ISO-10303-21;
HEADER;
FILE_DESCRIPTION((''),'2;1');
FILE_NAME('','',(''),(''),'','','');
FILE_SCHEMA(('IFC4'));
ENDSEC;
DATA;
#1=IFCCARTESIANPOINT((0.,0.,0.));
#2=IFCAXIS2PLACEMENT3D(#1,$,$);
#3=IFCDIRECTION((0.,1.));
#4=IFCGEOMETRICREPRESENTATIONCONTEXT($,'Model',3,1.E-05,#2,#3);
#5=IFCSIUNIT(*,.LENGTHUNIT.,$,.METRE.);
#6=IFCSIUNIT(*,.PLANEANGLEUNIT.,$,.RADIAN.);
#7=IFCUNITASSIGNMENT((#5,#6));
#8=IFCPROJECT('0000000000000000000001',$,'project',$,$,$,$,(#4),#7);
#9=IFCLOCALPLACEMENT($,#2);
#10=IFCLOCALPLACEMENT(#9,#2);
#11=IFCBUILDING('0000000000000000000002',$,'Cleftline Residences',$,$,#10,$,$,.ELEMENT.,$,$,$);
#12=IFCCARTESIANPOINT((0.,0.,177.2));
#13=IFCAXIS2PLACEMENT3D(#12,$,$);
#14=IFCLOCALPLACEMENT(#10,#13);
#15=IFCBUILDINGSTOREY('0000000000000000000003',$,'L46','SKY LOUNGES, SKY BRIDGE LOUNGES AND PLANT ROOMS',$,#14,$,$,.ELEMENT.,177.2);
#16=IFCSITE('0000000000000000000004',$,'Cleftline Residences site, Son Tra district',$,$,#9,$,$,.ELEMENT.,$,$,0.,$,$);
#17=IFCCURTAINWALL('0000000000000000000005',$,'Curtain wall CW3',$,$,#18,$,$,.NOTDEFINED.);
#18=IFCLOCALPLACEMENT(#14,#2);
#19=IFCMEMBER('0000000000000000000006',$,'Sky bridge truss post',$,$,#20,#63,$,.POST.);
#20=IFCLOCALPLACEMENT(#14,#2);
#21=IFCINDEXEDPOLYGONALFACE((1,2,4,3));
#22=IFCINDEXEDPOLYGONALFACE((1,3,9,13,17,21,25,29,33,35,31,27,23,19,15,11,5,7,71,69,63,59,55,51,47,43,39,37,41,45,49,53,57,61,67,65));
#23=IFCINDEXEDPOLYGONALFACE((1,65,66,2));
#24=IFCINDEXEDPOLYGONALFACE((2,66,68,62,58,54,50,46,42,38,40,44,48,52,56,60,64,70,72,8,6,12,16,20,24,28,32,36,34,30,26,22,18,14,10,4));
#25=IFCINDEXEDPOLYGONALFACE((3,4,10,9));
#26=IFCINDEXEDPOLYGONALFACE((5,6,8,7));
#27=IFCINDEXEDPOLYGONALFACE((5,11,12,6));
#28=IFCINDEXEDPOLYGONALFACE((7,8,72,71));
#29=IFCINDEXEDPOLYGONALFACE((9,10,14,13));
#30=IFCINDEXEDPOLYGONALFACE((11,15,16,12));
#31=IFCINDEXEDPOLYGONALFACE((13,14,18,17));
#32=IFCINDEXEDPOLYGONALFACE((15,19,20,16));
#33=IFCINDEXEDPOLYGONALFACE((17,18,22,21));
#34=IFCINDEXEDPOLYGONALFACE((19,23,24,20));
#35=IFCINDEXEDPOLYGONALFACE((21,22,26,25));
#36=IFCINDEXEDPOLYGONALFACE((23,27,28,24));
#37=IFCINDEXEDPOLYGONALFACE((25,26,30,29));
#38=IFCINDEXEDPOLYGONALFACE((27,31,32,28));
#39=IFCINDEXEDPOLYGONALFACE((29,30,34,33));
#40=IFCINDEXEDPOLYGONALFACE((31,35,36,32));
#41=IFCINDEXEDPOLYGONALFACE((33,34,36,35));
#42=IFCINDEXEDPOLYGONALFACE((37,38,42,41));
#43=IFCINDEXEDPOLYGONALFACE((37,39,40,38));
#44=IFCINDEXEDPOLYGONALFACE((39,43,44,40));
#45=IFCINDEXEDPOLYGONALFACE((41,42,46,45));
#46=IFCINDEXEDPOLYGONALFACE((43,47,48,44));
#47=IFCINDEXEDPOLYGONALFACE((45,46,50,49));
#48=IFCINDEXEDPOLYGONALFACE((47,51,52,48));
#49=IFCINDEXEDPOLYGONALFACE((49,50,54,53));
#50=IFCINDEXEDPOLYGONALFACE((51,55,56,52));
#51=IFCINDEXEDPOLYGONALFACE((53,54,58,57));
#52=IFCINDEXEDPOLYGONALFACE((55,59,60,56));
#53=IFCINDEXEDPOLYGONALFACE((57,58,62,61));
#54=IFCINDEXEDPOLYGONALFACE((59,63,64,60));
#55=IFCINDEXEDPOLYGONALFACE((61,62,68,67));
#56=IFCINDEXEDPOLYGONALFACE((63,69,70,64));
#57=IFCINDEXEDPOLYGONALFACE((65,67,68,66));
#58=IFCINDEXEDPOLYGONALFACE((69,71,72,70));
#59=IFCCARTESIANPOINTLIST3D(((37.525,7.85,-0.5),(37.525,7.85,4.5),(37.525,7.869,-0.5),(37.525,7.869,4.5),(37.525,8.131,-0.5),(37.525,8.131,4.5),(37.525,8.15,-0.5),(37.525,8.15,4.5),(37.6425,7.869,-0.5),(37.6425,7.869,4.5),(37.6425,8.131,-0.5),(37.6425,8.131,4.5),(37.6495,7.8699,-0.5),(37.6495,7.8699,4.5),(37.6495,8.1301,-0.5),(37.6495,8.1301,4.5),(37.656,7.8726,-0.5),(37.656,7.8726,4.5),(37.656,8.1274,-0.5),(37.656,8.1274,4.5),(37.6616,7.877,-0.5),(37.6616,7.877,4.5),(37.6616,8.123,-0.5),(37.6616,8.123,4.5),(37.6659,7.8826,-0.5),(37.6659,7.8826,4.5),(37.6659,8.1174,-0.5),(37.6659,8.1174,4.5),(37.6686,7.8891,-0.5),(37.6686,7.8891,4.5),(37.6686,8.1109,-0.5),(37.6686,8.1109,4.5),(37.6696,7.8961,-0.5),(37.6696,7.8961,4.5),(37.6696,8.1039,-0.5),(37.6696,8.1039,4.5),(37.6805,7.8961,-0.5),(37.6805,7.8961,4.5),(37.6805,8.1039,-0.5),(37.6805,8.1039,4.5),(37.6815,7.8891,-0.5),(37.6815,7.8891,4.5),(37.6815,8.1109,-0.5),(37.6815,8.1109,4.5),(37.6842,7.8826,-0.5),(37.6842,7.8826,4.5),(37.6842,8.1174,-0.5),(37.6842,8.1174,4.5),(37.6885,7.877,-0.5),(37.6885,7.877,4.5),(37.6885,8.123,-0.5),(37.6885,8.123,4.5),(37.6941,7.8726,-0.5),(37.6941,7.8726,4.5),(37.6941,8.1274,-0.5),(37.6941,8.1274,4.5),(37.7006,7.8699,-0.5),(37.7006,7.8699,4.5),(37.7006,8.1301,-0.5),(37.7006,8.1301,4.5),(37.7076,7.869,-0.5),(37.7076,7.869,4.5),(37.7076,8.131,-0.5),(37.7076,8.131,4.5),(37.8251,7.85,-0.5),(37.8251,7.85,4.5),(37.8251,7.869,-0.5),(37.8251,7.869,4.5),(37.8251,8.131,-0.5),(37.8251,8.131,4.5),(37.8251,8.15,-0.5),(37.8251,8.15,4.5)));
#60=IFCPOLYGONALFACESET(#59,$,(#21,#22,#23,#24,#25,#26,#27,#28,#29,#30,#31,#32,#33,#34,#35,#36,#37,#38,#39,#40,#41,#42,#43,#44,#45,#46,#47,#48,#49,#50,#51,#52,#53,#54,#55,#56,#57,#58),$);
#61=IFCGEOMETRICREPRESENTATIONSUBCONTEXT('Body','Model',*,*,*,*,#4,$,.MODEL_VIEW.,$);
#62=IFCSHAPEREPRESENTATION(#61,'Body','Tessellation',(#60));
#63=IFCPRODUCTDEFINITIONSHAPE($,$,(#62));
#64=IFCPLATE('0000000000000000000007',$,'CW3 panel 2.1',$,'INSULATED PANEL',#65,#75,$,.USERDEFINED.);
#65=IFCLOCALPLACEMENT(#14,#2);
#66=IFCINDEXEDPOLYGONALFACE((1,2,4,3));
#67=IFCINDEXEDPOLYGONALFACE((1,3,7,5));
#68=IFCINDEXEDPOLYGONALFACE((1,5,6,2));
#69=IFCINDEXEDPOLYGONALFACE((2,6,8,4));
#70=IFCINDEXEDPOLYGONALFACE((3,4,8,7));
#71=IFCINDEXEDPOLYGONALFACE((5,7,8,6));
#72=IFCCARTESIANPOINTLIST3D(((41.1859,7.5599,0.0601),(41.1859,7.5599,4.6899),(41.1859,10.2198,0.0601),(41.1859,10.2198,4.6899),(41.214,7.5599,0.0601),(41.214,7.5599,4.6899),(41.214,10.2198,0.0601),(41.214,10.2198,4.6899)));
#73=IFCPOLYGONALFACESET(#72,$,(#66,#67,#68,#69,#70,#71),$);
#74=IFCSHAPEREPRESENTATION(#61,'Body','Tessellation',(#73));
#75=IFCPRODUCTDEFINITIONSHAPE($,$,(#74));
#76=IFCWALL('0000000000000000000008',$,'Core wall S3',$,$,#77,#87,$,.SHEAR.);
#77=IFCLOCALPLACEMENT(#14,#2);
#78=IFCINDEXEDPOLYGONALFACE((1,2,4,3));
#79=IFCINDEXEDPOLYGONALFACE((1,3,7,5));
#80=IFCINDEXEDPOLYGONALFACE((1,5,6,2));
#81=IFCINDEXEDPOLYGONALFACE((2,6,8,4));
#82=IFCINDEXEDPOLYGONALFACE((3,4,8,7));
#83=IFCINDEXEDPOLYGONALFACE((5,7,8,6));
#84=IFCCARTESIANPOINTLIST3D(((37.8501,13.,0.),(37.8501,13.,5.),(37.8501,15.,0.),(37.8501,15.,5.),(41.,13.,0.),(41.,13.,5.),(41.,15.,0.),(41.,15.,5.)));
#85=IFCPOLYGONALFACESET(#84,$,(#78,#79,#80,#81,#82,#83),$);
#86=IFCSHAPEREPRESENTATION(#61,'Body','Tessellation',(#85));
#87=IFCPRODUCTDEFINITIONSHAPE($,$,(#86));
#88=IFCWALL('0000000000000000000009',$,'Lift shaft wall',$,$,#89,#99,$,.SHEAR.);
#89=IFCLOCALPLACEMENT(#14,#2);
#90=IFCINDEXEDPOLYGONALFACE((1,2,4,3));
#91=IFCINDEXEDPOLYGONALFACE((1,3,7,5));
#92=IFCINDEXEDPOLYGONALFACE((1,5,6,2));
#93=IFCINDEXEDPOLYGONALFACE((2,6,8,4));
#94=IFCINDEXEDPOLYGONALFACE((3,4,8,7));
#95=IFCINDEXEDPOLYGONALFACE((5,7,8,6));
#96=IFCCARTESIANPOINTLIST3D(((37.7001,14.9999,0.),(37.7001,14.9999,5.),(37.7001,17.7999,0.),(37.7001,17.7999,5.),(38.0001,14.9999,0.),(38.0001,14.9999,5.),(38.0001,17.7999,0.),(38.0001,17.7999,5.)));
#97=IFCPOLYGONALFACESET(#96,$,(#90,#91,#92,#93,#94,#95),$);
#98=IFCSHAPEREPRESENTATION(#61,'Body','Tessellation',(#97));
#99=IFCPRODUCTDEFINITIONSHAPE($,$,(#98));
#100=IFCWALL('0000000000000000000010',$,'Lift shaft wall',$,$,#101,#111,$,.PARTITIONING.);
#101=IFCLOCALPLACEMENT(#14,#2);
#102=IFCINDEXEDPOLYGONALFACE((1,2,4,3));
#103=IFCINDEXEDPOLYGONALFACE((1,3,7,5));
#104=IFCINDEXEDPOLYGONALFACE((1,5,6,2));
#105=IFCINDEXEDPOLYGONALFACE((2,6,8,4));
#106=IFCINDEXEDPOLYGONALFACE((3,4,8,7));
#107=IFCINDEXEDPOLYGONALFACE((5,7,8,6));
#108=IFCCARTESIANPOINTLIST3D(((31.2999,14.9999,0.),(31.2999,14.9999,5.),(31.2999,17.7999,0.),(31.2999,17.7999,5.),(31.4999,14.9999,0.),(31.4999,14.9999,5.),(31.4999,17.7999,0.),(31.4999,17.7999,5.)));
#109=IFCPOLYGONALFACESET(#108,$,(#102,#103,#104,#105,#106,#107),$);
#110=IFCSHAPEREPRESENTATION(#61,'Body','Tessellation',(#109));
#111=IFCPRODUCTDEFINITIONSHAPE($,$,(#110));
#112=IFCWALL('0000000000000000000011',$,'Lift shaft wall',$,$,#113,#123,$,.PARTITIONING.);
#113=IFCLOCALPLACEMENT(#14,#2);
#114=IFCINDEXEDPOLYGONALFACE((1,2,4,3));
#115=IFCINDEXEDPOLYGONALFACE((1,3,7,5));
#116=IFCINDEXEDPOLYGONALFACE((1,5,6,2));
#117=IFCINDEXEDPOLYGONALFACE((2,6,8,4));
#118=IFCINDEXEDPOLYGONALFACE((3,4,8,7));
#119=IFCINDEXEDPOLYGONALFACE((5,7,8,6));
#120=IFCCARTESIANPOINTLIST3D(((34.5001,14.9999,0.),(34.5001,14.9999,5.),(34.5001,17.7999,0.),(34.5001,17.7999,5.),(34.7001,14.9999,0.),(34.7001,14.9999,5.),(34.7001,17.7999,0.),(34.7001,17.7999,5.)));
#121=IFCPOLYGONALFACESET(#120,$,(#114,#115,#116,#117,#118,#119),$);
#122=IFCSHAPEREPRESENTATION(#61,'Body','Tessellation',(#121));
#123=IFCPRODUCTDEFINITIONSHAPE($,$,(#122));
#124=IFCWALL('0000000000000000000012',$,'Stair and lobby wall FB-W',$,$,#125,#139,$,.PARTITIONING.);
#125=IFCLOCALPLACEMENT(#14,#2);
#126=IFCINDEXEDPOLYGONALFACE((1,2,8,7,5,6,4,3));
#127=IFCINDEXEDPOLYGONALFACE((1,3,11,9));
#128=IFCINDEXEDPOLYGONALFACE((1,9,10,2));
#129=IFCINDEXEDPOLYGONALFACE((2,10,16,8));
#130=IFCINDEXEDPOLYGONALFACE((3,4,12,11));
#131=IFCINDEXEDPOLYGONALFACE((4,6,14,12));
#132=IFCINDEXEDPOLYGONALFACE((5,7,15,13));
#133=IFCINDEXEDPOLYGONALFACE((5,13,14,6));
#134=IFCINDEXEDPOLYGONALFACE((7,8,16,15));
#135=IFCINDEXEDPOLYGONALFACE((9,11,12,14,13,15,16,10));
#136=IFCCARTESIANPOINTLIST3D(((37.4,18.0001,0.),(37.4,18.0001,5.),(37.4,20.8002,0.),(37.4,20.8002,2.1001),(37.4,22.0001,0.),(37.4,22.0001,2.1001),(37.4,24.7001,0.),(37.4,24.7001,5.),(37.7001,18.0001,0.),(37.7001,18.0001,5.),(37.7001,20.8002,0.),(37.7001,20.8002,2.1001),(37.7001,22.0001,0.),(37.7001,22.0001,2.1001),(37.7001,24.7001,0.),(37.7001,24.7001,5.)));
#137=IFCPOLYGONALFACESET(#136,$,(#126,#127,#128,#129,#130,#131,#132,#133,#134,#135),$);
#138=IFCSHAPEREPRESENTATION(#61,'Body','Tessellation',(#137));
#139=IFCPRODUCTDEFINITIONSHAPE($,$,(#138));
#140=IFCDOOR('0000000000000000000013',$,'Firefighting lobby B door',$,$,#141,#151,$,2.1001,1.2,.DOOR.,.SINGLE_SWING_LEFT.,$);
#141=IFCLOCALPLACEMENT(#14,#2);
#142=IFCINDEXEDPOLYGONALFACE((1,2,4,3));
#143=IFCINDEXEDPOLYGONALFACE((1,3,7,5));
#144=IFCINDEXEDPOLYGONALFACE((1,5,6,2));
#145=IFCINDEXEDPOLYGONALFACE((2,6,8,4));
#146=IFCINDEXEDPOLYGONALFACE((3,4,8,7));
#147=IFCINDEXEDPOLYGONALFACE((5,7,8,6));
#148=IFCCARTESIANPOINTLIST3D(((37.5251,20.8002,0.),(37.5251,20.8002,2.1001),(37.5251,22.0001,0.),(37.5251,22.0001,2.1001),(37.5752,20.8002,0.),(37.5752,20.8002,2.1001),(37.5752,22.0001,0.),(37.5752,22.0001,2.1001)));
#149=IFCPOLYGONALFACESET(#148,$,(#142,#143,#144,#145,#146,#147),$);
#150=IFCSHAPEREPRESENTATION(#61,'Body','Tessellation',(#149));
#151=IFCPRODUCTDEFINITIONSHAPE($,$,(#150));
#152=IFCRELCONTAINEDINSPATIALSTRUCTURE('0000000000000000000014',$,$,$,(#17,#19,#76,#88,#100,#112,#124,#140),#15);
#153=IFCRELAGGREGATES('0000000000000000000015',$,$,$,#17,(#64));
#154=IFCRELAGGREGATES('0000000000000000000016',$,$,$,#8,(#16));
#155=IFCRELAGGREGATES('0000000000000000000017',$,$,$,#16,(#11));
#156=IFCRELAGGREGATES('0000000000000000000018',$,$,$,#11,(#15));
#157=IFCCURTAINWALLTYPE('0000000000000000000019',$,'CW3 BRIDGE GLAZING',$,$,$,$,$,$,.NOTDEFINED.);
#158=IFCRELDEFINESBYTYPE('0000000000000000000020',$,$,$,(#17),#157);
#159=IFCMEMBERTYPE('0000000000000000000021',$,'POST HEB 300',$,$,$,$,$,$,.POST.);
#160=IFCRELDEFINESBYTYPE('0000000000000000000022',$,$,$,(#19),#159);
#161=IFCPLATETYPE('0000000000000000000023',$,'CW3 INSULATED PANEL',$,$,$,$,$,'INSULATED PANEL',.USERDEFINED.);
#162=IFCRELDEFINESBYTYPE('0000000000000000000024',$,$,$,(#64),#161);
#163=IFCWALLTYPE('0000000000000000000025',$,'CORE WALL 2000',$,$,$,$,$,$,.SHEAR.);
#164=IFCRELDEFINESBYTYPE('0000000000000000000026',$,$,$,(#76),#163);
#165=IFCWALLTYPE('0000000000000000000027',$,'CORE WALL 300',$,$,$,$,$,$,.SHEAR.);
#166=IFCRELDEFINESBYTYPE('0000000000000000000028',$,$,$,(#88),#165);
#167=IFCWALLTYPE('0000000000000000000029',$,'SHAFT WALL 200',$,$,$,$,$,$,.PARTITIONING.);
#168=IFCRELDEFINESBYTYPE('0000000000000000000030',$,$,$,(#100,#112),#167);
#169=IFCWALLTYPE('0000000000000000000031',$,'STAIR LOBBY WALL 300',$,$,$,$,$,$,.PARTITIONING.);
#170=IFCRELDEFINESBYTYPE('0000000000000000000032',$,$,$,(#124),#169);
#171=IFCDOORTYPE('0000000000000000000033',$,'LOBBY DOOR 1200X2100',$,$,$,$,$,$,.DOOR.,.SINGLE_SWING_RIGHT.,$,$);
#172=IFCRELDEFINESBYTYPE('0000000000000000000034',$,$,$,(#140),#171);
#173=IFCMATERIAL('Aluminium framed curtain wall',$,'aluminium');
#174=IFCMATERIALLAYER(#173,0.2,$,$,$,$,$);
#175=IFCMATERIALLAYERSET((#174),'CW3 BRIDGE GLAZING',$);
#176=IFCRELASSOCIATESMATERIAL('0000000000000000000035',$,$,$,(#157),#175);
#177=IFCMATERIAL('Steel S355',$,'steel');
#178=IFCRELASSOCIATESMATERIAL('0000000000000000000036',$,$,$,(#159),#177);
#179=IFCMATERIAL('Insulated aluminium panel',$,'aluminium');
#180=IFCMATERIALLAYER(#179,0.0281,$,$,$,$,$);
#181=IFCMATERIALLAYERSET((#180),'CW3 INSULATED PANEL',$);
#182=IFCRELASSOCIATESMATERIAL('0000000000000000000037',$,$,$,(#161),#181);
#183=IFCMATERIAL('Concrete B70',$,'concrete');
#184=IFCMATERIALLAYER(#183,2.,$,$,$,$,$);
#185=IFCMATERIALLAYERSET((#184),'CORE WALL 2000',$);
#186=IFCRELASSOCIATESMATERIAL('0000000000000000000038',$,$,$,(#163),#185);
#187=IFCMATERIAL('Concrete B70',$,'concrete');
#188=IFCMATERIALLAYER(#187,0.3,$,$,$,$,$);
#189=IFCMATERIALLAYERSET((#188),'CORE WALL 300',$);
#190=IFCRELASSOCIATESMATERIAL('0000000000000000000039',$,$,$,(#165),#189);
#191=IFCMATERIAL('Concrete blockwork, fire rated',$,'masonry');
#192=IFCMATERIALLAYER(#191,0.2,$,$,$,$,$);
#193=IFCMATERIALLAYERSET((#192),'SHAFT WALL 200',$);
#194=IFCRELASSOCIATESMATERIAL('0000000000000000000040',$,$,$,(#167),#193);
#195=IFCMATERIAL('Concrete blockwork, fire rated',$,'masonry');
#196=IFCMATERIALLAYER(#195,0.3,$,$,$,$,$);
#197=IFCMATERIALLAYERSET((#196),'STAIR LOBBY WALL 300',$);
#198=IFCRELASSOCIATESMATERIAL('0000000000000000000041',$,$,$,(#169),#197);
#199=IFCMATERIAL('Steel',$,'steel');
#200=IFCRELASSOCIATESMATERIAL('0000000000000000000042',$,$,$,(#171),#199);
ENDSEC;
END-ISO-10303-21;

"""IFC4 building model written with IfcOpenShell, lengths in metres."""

from ifc_helpers import new_model, si_unit, direction, frame, frame_2d, origin, origin_2d, place, context, subcontext, project, spatial, rectangle, i_section, extrude, material, layer, layer_set, material_profile, profile_set, type_object, element, fill, aggregate, save


model = new_model("IFC4")

# Units and contexts
model_context = context("Model", 3, precision=1e-05, world=origin(), true_north=direction((0.0, 1.0)))
body_context = subcontext(model_context, "Body", "Model", "MODEL_VIEW")
ifc_project = project(units=[si_unit("LENGTHUNIT", "METRE"), si_unit("PLANEANGLEUNIT", "RADIAN")], contexts=[model_context])

# Site, building, storey
site_placement = place(None, origin())
site = spatial("IfcSite", under=ifc_project, at=site_placement, Name="Cleftline Residences site, Son Tra district", CompositionType="ELEMENT", RefElevation=0.0)
building_placement = place(site_placement, origin())
building = spatial("IfcBuilding", under=site, at=building_placement, Name="Cleftline Residences", CompositionType="ELEMENT")
storey_placement = place(building_placement, frame((0.0, 0.0, 177.2)))
storey = spatial("IfcBuildingStorey", under=building, at=storey_placement, Name="L46", Description="SKY LOUNGES, SKY BRIDGE LOUNGES AND PLANT ROOMS", CompositionType="ELEMENT", Elevation=177.2)

# Curtain wall
ifc_material_1 = material(Name="Aluminium framed curtain wall", Category="aluminium")
ifc_layer_1 = layer(ifc_material_1, 0.2)
ifc_layer_set_1 = layer_set([ifc_layer_1], Name="CW3 BRIDGE GLAZING")
curtain_wall_type = type_object("IfcCurtainWallType", Name="CW3 BRIDGE GLAZING", PredefinedType="NOTDEFINED", material=ifc_layer_set_1)
curtain_wall_placement = place(storey_placement, origin())
curtain_wall = element("IfcCurtainWall", 1, at=curtain_wall_placement, inside=storey, type_object=curtain_wall_type, Name="Curtain wall CW3", PredefinedType="NOTDEFINED")

# Member
ifc_material_2 = material(Name="Steel S355", Category="steel")
ifc_material_profile_1 = material_profile(ifc_material_2, i_section(OverallWidth=0.3, OverallDepth=0.3, WebThickness=0.011, FlangeThickness=0.019, FilletRadius=0.0271, at=origin_2d()))
ifc_profile_set_1 = profile_set([ifc_material_profile_1], Name="Steel S355")
member_type_1 = type_object("IfcMemberType", Name="POST HEB 300", PredefinedType="POST", material=ifc_profile_set_1)
member_1_placement = place(storey_placement, frame((37.675, 8.0, -0.5), z_axis=(0.0, 0.0, 1.0), x_axis=(1.0, 0.0, 0.0)))
element("IfcMember", 2, at=member_1_placement, inside=storey, type_object=member_type_1, Name="Sky bridge truss post", PredefinedType="POST", context=body_context, shape_type="SweptSolid", body=[
    extrude(i_section(OverallWidth=0.3, OverallDepth=0.3, WebThickness=0.011, FlangeThickness=0.019, FilletRadius=0.0271, at=origin_2d()), origin(), (0.0, 0.0, 1.0), 5.0),
])

# Plate
ifc_material_3 = material(Name="Insulated aluminium panel", Category="aluminium")
ifc_layer_2 = layer(ifc_material_3, 0.0281)
ifc_layer_set_2 = layer_set([ifc_layer_2], Name="CW3 INSULATED PANEL")
plate_type = type_object("IfcPlateType", Name="CW3 INSULATED PANEL", ElementType="INSULATED PANEL", PredefinedType="USERDEFINED", material=ifc_layer_set_2)
plate_placement = place(storey_placement, frame((41.2, 8.8899, 0.0601), z_axis=(0.0, 0.0, 1.0), x_axis=(0.0, -1.0, 0.0)))
plate = element("IfcPlate", 3, at=plate_placement, type_object=plate_type, Name="CW3 panel 2.1", ObjectType="INSULATED PANEL", PredefinedType="USERDEFINED", context=body_context, shape_type="SweptSolid", body=[
    extrude(rectangle(XDim=2.6599, YDim=0.0281, at=origin_2d()), origin(), (0.0, 0.0, 1.0), 4.6299),
])
aggregate(curtain_wall, [plate])

# Walls
ifc_material_4 = material(Name="Concrete B70", Category="concrete")
ifc_layer_3 = layer(ifc_material_4, 2.0)
ifc_layer_set_3 = layer_set([ifc_layer_3], Name="CORE WALL 2000")
wall_type_1 = type_object("IfcWallType", Name="CORE WALL 2000", PredefinedType="SHEAR", material=ifc_layer_set_3)
wall_1_placement = place(storey_placement, frame((37.8501, 14.0, 0.0), z_axis=(0.0, 0.0, 1.0), x_axis=(1.0, 0.0, 0.0)))
element("IfcWall", 4, at=wall_1_placement, inside=storey, type_object=wall_type_1, Name="Core wall S3", PredefinedType="SHEAR", context=body_context, shape_type="SweptSolid", body=[
    extrude(rectangle(XDim=3.1499, YDim=2.0, at=frame_2d((1.575, 0.0))), origin(), (0.0, 0.0, 1.0), 5.0),
])
ifc_material_5 = material(Name="Concrete B70", Category="concrete")
ifc_layer_4 = layer(ifc_material_5, 0.3)
ifc_layer_set_4 = layer_set([ifc_layer_4], Name="CORE WALL 300")
wall_type_2 = type_object("IfcWallType", Name="CORE WALL 300", PredefinedType="SHEAR", material=ifc_layer_set_4)
wall_2_placement = place(storey_placement, frame((37.8501, 15.0, 0.0), z_axis=(0.0, 0.0, 1.0), x_axis=(0.0, 1.0, 0.0)))
element("IfcWall", 5, at=wall_2_placement, inside=storey, type_object=wall_type_2, Name="Lift shaft wall", PredefinedType="SHEAR", context=body_context, shape_type="SweptSolid", body=[
    extrude(rectangle(XDim=2.8, YDim=0.3, at=frame_2d((1.3999, 0.0))), origin(), (0.0, 0.0, 1.0), 5.0),
])
ifc_material_6 = material(Name="Concrete blockwork, fire rated", Category="masonry")
ifc_layer_5 = layer(ifc_material_6, 0.2)
ifc_layer_set_5 = layer_set([ifc_layer_5], Name="SHAFT WALL 200")
wall_type_3 = type_object("IfcWallType", Name="SHAFT WALL 200", PredefinedType="PARTITIONING", material=ifc_layer_set_5)
for number, where, z_axis, x_axis, name in (
    (6, (31.3999, 15.0, 0.0), (0.0, 0.0, 1.0), (0.0, 1.0, 0.0), "Lift shaft wall"),
    (7, (34.6001, 15.0, 0.0), (0.0, 0.0, 1.0), (0.0, 1.0, 0.0), "Lift shaft wall"),
):
    element("IfcWall", number, at=place(storey_placement, frame(where, z_axis=z_axis, x_axis=x_axis)), inside=storey, type_object=wall_type_3, Name=name, PredefinedType="PARTITIONING", context=body_context, shape_type="SweptSolid", body=[
        extrude(rectangle(XDim=2.8, YDim=0.2, at=frame_2d((1.3999, 0.0))), origin(), (0.0, 0.0, 1.0), 5.0),
    ])

# Wall, opening, door
ifc_material_7 = material(Name="Concrete blockwork, fire rated", Category="masonry")
ifc_layer_6 = layer(ifc_material_7, 0.3)
ifc_layer_set_6 = layer_set([ifc_layer_6], Name="STAIR LOBBY WALL 300")
wall_type_4 = type_object("IfcWallType", Name="STAIR LOBBY WALL 300", PredefinedType="PARTITIONING", material=ifc_layer_set_6)
wall_3_placement = place(storey_placement, frame((37.55, 18.0, 0.0), z_axis=(0.0, 0.0, 1.0), x_axis=(0.0, 1.0, 0.0)))
wall_3 = element("IfcWall", 8, at=wall_3_placement, inside=storey, type_object=wall_type_4, Name="Stair and lobby wall FB-W", PredefinedType="PARTITIONING", context=body_context, shape_type="SweptSolid", body=[
    extrude(rectangle(XDim=6.7, YDim=0.3, at=frame_2d((3.3501, 0.0))), origin(), (0.0, 0.0, 1.0), 5.0),
])
opening_placement = place(wall_3_placement, frame((2.8, 0.0, 0.0)))
opening = element("IfcOpeningElement", 9, at=opening_placement, cuts=wall_3, PredefinedType="OPENING", context=body_context, shape_type="SweptSolid", body=[
    extrude(rectangle(XDim=1.2, YDim=2.1001, at=frame_2d((0.6001, 1.05))), frame((0.0, 0.1599, 0.0), z_axis=(0.0, -1.0, 0.0), x_axis=(1.0, 0.0, 0.0)), (0.0, 0.0, 1.0), 0.3201),
])
ifc_material_8 = material(Name="Steel", Category="steel")
door_type = type_object("IfcDoorType", Name="LOBBY DOOR 1200X2100", OperationType="SINGLE_SWING_RIGHT", PredefinedType="DOOR", material=ifc_material_8)
door_placement = place(opening_placement, origin())
door = element("IfcDoor", 10, at=door_placement, inside=storey, type_object=door_type, Name="Firefighting lobby B door", OperationType="SINGLE_SWING_LEFT", OverallHeight=2.1001, OverallWidth=1.2, PredefinedType="DOOR", context=body_context, shape_type="SweptSolid", body=[
    extrude(rectangle(XDim=1.2, YDim=2.1001, at=frame_2d((0.6001, 1.05))), frame((0.0, 0.0249, 0.0), z_axis=(0.0, -1.0, 0.0), x_axis=(1.0, 0.0, 0.0)), (0.0, 0.0, 1.0), 0.05),
])
fill(opening, door)

save(model, "model.ifc")
